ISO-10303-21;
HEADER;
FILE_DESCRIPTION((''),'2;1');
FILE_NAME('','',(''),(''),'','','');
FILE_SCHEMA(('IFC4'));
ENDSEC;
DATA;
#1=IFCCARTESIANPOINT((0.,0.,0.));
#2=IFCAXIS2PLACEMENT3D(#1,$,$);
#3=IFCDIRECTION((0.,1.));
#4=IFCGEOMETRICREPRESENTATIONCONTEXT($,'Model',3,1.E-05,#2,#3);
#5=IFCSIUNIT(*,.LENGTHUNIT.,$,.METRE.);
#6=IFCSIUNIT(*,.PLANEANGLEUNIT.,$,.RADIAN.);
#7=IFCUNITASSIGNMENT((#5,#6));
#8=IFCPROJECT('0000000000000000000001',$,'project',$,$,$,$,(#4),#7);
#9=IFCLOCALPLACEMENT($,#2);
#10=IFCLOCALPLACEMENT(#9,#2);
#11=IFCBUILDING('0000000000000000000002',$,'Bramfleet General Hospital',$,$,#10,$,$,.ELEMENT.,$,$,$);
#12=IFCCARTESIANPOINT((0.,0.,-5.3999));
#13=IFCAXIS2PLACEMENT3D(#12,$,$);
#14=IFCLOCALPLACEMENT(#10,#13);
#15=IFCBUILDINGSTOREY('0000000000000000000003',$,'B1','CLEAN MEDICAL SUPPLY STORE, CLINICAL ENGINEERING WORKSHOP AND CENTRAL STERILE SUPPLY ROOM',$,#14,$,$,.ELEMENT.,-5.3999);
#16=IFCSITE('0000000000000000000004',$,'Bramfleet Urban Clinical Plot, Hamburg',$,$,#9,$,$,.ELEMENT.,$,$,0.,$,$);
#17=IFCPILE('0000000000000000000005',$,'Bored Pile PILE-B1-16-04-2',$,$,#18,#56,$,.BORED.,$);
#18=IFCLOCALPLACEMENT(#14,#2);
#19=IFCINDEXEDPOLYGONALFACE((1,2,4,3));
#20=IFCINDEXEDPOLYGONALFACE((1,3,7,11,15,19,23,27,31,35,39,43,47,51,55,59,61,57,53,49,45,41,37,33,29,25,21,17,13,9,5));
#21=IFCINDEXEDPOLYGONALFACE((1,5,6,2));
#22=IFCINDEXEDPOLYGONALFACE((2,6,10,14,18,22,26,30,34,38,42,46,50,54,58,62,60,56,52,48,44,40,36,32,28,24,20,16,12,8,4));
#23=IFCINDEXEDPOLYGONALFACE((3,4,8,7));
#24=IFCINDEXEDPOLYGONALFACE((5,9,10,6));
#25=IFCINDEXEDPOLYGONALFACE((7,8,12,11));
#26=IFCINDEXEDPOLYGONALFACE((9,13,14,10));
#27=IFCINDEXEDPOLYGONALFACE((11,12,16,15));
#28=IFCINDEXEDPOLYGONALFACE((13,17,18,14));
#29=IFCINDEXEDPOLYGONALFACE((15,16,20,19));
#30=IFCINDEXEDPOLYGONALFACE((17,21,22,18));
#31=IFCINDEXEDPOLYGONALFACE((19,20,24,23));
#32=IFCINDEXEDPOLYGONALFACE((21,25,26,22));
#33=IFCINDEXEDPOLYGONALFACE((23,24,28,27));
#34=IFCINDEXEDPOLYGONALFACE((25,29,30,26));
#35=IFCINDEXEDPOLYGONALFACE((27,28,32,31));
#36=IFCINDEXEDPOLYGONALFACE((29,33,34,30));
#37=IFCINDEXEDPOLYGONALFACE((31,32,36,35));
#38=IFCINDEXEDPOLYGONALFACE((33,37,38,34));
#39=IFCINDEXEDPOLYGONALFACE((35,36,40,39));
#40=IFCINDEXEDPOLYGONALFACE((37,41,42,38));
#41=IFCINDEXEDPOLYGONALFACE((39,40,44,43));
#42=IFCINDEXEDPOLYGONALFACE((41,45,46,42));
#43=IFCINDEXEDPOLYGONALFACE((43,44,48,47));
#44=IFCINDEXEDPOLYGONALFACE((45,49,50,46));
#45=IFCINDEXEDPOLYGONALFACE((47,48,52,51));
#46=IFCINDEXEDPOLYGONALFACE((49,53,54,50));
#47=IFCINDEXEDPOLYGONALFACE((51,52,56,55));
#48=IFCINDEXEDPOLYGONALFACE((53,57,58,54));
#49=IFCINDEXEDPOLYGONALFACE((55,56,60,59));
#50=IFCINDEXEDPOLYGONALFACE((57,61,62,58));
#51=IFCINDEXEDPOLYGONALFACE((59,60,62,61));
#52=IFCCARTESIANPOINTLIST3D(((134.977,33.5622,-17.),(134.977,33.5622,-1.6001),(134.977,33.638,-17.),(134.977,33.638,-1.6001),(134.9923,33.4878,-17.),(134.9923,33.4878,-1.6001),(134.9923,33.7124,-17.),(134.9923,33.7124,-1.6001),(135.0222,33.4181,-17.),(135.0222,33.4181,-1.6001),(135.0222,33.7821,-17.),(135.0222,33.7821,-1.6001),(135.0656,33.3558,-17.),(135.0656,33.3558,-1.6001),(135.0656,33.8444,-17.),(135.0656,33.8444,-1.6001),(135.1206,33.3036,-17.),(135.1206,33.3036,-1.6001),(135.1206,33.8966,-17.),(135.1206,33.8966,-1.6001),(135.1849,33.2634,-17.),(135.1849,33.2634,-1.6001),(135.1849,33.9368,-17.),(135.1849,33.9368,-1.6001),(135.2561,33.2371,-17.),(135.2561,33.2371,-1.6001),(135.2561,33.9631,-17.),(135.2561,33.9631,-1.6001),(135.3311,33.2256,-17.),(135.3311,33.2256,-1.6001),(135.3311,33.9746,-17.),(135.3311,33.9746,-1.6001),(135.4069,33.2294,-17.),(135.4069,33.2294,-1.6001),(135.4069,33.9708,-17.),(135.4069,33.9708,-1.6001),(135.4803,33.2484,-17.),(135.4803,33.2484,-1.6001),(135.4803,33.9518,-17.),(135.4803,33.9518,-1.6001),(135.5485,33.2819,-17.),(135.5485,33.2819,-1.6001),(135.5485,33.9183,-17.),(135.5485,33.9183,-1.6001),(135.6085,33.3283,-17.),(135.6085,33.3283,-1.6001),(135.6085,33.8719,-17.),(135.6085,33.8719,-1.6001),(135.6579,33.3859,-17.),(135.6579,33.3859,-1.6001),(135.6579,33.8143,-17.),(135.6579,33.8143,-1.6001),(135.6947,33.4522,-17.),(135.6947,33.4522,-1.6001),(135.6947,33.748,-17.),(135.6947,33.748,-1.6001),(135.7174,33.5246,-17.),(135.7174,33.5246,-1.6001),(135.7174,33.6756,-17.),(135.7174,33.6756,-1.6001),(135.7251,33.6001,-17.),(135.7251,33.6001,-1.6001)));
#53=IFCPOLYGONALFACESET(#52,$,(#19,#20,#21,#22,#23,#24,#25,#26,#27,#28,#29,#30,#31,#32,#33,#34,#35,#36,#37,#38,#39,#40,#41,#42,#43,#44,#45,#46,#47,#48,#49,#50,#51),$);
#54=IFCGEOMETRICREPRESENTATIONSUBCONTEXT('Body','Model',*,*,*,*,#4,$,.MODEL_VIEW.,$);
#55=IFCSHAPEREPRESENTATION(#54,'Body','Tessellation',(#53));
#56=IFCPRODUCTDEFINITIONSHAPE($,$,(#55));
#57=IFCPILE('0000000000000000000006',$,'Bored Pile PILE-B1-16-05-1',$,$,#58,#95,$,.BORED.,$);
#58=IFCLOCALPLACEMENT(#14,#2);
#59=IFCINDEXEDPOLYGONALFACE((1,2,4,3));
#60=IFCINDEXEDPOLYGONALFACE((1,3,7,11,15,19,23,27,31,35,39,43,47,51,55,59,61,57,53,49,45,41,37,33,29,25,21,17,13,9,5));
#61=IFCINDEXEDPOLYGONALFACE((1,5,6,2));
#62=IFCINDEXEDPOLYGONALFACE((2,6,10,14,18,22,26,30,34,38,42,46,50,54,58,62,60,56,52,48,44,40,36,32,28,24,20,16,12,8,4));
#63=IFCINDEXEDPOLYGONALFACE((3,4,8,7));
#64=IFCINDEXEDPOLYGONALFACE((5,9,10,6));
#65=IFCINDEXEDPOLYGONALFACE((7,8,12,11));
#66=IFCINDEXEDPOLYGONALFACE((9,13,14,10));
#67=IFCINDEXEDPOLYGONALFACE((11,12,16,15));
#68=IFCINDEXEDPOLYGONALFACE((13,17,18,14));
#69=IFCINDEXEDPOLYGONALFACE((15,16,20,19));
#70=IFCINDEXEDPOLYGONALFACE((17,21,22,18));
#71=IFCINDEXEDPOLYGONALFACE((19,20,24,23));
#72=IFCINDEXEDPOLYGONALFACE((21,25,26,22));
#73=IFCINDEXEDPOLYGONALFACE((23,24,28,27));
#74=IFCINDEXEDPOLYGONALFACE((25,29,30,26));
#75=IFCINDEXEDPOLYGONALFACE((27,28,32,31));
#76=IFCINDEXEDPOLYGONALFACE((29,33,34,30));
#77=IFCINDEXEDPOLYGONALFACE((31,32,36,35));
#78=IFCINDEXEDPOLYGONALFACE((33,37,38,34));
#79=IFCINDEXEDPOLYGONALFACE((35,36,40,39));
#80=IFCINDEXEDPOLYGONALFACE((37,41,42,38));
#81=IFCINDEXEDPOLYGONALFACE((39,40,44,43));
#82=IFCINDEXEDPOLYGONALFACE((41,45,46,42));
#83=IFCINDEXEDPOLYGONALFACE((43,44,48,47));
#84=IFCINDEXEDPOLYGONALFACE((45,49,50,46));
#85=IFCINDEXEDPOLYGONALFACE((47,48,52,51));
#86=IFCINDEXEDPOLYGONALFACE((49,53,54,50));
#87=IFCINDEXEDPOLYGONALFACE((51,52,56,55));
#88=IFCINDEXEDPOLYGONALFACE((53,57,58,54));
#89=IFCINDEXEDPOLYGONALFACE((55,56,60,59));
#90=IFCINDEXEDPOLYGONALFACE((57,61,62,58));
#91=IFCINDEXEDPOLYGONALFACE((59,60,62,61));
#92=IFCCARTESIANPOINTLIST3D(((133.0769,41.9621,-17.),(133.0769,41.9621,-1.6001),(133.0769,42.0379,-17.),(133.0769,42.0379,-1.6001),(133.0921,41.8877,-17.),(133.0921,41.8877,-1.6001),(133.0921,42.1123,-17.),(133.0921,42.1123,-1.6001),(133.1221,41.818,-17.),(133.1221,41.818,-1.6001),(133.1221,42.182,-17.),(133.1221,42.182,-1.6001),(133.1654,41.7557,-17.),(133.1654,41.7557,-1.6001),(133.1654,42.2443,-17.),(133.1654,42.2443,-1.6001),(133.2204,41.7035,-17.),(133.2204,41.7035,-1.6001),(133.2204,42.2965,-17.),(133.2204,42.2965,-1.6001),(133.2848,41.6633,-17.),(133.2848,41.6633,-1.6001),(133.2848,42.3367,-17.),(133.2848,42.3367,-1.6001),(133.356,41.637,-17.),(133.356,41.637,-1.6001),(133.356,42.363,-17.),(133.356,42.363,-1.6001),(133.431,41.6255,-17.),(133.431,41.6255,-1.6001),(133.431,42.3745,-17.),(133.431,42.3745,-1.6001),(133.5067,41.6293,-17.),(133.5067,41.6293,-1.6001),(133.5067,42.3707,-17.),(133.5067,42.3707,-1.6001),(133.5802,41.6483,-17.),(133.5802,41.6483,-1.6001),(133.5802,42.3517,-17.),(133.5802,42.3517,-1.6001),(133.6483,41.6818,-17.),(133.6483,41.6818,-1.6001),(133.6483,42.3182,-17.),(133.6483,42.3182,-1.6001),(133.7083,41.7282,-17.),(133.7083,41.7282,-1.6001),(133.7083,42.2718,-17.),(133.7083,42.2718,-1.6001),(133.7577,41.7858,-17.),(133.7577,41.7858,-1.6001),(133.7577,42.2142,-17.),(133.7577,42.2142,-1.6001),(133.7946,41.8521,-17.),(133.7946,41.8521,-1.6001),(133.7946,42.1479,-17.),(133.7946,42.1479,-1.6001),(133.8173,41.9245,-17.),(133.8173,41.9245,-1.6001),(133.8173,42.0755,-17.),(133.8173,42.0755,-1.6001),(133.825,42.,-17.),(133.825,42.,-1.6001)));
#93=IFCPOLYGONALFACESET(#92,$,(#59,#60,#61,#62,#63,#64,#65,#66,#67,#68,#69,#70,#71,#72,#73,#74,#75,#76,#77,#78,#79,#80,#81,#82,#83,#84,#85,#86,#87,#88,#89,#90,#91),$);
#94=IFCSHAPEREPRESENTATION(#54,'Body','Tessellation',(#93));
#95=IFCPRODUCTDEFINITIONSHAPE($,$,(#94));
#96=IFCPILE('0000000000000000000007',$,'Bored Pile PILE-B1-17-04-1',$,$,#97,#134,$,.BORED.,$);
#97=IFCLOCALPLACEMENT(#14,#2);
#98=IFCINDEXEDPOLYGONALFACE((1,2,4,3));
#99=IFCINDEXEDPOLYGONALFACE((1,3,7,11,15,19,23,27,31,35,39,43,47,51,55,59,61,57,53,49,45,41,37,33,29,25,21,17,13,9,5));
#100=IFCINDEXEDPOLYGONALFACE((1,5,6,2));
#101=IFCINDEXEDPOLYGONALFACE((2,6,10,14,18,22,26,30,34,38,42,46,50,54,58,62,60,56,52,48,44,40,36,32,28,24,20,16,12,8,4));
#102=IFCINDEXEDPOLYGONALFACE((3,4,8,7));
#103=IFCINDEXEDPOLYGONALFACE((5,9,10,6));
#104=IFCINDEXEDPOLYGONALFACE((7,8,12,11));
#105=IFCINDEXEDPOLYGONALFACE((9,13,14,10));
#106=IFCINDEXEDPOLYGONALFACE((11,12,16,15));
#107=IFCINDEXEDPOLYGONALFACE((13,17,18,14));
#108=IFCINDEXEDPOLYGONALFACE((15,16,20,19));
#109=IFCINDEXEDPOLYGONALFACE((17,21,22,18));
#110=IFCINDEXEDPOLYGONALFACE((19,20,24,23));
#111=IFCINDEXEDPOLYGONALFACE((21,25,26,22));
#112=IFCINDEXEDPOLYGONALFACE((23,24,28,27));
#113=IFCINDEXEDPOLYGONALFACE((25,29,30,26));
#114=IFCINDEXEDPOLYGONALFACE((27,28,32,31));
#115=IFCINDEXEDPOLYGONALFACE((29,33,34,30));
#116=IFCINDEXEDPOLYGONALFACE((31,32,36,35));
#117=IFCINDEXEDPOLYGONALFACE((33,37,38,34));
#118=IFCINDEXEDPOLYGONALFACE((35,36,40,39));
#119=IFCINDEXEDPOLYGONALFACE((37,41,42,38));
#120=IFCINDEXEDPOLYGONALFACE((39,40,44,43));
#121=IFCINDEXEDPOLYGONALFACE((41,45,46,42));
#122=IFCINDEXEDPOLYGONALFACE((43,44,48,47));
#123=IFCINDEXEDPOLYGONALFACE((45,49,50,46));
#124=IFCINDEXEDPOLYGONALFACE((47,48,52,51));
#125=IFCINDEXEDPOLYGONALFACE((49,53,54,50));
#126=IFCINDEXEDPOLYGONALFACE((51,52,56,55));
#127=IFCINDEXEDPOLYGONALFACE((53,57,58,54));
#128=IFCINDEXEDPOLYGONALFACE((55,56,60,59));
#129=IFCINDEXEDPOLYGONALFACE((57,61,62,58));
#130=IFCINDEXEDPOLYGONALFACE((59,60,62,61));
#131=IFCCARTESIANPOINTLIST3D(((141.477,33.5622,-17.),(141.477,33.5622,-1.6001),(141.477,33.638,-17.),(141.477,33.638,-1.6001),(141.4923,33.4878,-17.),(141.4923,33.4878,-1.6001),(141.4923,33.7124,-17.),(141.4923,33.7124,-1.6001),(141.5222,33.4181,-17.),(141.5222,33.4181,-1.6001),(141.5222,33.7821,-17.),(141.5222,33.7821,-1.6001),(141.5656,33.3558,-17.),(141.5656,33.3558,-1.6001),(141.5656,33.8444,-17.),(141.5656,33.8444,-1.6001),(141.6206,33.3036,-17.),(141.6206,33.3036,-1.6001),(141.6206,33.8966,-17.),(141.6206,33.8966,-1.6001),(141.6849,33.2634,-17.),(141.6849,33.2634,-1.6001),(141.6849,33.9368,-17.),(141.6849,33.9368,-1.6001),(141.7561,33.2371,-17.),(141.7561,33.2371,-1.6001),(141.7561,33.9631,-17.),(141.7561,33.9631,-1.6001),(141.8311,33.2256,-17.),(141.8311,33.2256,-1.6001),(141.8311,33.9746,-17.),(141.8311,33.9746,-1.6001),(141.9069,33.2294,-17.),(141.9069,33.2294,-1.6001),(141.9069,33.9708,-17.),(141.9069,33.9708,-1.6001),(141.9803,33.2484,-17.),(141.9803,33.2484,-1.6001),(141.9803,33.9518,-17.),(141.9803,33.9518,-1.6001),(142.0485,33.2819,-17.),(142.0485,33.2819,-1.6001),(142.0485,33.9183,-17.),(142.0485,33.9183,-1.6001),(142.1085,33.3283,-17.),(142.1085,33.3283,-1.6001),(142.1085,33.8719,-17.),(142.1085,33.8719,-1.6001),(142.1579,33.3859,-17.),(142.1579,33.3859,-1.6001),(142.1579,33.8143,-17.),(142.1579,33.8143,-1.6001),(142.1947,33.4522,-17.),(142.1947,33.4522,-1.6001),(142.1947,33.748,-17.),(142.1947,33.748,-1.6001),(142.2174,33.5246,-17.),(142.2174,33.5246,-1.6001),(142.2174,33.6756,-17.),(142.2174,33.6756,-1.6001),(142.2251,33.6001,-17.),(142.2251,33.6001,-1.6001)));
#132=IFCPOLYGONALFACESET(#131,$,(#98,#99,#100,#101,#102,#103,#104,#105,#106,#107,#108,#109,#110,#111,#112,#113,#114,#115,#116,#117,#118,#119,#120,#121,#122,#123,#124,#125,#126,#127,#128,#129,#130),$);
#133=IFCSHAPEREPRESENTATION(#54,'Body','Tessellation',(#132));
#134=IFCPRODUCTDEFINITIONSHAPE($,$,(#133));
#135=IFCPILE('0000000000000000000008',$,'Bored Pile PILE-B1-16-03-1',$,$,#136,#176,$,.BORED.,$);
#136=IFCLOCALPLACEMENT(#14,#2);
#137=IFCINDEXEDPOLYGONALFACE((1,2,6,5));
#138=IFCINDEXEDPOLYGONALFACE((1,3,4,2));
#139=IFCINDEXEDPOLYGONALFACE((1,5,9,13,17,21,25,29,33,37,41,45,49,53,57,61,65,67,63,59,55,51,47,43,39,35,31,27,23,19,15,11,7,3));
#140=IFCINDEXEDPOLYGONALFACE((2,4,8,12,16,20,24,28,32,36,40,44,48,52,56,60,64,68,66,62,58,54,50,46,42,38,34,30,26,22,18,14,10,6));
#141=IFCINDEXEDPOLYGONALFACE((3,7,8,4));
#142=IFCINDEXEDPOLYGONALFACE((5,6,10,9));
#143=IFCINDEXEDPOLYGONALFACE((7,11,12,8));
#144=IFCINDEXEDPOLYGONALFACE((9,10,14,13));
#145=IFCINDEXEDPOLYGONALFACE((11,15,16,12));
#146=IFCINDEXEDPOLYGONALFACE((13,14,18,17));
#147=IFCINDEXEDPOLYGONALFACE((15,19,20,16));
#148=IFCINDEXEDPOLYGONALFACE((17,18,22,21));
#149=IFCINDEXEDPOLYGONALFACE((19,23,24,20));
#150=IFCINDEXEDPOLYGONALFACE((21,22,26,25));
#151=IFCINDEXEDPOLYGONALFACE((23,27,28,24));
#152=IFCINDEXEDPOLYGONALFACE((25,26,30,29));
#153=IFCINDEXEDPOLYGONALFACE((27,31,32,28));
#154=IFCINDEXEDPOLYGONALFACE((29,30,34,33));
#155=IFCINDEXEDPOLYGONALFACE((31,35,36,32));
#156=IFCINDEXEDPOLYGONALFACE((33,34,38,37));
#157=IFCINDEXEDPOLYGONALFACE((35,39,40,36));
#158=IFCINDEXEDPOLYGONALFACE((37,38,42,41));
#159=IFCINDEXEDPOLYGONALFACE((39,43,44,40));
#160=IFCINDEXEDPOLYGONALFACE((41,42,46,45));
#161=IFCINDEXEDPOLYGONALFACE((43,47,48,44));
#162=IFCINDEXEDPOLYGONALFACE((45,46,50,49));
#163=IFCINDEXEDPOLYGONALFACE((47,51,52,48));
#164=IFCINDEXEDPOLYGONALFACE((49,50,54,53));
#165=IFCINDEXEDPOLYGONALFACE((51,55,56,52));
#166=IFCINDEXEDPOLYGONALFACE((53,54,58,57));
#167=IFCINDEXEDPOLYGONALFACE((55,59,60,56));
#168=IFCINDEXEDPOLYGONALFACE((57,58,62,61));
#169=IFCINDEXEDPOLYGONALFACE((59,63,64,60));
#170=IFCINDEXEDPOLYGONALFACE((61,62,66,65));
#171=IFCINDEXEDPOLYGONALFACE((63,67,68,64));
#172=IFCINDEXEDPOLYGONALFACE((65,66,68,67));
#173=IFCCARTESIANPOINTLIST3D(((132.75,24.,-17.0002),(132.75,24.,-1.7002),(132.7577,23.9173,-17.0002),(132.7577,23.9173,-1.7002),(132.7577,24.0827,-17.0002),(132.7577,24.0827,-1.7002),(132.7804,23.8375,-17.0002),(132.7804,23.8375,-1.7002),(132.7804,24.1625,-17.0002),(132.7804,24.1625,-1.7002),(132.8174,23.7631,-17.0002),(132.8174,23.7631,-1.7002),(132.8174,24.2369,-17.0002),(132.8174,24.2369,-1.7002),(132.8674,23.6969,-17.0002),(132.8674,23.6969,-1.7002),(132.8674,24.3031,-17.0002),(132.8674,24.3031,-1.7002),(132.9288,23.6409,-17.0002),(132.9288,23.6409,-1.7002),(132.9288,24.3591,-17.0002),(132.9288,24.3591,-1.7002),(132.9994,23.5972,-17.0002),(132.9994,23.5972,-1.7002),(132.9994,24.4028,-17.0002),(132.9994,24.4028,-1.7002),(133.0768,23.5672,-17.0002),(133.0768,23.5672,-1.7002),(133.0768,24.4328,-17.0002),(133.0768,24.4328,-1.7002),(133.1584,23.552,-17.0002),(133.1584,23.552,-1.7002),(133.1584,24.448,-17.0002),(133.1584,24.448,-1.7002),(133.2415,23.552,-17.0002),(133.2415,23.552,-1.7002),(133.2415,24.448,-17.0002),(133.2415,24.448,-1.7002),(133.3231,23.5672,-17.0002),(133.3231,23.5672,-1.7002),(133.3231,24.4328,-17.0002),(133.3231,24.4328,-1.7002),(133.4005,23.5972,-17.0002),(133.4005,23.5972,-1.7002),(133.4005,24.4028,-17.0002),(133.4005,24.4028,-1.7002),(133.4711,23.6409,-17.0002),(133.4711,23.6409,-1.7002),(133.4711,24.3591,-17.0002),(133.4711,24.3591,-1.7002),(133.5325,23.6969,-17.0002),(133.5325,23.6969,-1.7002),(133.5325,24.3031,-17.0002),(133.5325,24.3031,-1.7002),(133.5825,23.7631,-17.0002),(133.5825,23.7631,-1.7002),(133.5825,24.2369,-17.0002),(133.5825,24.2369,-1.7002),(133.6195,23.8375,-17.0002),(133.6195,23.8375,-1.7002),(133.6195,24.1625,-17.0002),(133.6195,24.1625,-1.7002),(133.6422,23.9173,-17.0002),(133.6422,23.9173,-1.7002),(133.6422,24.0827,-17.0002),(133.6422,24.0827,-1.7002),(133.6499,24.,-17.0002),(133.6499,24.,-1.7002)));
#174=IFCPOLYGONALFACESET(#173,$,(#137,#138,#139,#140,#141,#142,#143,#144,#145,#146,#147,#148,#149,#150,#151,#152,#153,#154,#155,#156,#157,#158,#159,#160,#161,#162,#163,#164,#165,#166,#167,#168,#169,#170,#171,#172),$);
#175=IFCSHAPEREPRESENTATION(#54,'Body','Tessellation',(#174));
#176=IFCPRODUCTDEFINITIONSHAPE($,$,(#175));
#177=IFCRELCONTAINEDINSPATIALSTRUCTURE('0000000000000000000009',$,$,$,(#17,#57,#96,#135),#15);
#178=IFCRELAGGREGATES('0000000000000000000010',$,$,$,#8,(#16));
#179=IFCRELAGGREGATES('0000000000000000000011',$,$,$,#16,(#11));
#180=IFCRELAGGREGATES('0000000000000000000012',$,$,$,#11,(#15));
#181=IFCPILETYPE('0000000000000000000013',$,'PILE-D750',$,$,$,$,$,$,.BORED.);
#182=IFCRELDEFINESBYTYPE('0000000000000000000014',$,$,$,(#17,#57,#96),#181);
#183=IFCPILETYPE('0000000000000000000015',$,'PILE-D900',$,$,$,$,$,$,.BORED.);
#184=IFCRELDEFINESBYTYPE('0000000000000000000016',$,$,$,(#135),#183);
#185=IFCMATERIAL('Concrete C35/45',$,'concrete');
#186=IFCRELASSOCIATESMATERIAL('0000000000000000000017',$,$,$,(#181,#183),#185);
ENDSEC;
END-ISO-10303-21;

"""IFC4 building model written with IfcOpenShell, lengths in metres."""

from ifc_helpers import new_model, si_unit, direction, frame, origin, origin_2d, place, context, subcontext, project, spatial, circle, extrude, material, material_profile, profile_set, type_object, element, save


model = new_model("IFC4")

# Units and contexts
model_context = context("Model", 3, precision=1e-05, world=origin(), true_north=direction((0.0, 1.0)))
body_context = subcontext(model_context, "Body", "Model", "MODEL_VIEW")
ifc_project = project(units=[si_unit("LENGTHUNIT", "METRE"), si_unit("PLANEANGLEUNIT", "RADIAN")], contexts=[model_context])

# Site, building, storey
site_placement = place(None, origin())
site = spatial("IfcSite", under=ifc_project, at=site_placement, Name="Bramfleet Urban Clinical Plot, Hamburg", CompositionType="ELEMENT", RefElevation=0.0)
building_placement = place(site_placement, origin())
building = spatial("IfcBuilding", under=site, at=building_placement, Name="Bramfleet General Hospital", CompositionType="ELEMENT")
storey_placement = place(building_placement, frame((0.0, 0.0, -5.3999)))
storey = spatial("IfcBuildingStorey", under=building, at=storey_placement, Name="B1", Description="CLEAN MEDICAL SUPPLY STORE, CLINICAL ENGINEERING WORKSHOP AND CENTRAL STERILE SUPPLY ROOM", CompositionType="ELEMENT", Elevation=-5.3999)

# Shared definitions
ifc_material_1 = material(Name="Concrete C35/45", Category="concrete")

# Piles
ifc_material_profile_1 = material_profile(ifc_material_1, circle(Radius=0.375, at=origin_2d()), Name="PILE BORED D750")
ifc_profile_set_1 = profile_set([ifc_material_profile_1], Name="Concrete C35/45")
pile_type_1 = type_object("IfcPileType", Name="PILE-D750", PredefinedType="BORED", material=ifc_profile_set_1)
for number, where, z_axis, x_axis, name in (
    (1, (135.3501, 33.6001, -1.6001), (0.0, 0.0, -1.0), (1.0, 0.0, 0.0), "Bored Pile PILE-B1-16-04-2"),
    (2, (133.45, 42.0, -1.6001), (0.0, 0.0, -1.0), (1.0, 0.0, 0.0), "Bored Pile PILE-B1-16-05-1"),
    (3, (141.8501, 33.6001, -1.6001), (0.0, 0.0, -1.0), (1.0, 0.0, 0.0), "Bored Pile PILE-B1-17-04-1"),
):
    element("IfcPile", number, at=place(storey_placement, frame(where, z_axis=z_axis, x_axis=x_axis)), inside=storey, type_object=pile_type_1, Name=name, PredefinedType="BORED", context=body_context, shape_type="SweptSolid", body=[
        extrude(circle(Radius=0.375, at=origin_2d()), origin(), (0.0, 0.0, 1.0), 15.3999),
    ])
ifc_material_profile_2 = material_profile(ifc_material_1, circle(Radius=0.45, at=origin_2d()), Name="PILE BORED D900")
ifc_profile_set_2 = profile_set([ifc_material_profile_2], Name="Concrete C35/45")
pile_type_2 = type_object("IfcPileType", Name="PILE-D900", PredefinedType="BORED", material=ifc_profile_set_2)
for number, where, z_axis, x_axis, name in (
    (4, (133.2, 24.0, -1.7002), (0.0, 0.0, -1.0), (1.0, 0.0, 0.0), "Bored Pile PILE-B1-16-03-1"),
):
    element("IfcPile", number, at=place(storey_placement, frame(where, z_axis=z_axis, x_axis=x_axis)), inside=storey, type_object=pile_type_2, Name=name, PredefinedType="BORED", context=body_context, shape_type="SweptSolid", body=[
        extrude(circle(Radius=0.45, at=origin_2d()), origin(), (0.0, 0.0, 1.0), 15.3),
    ])

save(model, "model.ifc")
